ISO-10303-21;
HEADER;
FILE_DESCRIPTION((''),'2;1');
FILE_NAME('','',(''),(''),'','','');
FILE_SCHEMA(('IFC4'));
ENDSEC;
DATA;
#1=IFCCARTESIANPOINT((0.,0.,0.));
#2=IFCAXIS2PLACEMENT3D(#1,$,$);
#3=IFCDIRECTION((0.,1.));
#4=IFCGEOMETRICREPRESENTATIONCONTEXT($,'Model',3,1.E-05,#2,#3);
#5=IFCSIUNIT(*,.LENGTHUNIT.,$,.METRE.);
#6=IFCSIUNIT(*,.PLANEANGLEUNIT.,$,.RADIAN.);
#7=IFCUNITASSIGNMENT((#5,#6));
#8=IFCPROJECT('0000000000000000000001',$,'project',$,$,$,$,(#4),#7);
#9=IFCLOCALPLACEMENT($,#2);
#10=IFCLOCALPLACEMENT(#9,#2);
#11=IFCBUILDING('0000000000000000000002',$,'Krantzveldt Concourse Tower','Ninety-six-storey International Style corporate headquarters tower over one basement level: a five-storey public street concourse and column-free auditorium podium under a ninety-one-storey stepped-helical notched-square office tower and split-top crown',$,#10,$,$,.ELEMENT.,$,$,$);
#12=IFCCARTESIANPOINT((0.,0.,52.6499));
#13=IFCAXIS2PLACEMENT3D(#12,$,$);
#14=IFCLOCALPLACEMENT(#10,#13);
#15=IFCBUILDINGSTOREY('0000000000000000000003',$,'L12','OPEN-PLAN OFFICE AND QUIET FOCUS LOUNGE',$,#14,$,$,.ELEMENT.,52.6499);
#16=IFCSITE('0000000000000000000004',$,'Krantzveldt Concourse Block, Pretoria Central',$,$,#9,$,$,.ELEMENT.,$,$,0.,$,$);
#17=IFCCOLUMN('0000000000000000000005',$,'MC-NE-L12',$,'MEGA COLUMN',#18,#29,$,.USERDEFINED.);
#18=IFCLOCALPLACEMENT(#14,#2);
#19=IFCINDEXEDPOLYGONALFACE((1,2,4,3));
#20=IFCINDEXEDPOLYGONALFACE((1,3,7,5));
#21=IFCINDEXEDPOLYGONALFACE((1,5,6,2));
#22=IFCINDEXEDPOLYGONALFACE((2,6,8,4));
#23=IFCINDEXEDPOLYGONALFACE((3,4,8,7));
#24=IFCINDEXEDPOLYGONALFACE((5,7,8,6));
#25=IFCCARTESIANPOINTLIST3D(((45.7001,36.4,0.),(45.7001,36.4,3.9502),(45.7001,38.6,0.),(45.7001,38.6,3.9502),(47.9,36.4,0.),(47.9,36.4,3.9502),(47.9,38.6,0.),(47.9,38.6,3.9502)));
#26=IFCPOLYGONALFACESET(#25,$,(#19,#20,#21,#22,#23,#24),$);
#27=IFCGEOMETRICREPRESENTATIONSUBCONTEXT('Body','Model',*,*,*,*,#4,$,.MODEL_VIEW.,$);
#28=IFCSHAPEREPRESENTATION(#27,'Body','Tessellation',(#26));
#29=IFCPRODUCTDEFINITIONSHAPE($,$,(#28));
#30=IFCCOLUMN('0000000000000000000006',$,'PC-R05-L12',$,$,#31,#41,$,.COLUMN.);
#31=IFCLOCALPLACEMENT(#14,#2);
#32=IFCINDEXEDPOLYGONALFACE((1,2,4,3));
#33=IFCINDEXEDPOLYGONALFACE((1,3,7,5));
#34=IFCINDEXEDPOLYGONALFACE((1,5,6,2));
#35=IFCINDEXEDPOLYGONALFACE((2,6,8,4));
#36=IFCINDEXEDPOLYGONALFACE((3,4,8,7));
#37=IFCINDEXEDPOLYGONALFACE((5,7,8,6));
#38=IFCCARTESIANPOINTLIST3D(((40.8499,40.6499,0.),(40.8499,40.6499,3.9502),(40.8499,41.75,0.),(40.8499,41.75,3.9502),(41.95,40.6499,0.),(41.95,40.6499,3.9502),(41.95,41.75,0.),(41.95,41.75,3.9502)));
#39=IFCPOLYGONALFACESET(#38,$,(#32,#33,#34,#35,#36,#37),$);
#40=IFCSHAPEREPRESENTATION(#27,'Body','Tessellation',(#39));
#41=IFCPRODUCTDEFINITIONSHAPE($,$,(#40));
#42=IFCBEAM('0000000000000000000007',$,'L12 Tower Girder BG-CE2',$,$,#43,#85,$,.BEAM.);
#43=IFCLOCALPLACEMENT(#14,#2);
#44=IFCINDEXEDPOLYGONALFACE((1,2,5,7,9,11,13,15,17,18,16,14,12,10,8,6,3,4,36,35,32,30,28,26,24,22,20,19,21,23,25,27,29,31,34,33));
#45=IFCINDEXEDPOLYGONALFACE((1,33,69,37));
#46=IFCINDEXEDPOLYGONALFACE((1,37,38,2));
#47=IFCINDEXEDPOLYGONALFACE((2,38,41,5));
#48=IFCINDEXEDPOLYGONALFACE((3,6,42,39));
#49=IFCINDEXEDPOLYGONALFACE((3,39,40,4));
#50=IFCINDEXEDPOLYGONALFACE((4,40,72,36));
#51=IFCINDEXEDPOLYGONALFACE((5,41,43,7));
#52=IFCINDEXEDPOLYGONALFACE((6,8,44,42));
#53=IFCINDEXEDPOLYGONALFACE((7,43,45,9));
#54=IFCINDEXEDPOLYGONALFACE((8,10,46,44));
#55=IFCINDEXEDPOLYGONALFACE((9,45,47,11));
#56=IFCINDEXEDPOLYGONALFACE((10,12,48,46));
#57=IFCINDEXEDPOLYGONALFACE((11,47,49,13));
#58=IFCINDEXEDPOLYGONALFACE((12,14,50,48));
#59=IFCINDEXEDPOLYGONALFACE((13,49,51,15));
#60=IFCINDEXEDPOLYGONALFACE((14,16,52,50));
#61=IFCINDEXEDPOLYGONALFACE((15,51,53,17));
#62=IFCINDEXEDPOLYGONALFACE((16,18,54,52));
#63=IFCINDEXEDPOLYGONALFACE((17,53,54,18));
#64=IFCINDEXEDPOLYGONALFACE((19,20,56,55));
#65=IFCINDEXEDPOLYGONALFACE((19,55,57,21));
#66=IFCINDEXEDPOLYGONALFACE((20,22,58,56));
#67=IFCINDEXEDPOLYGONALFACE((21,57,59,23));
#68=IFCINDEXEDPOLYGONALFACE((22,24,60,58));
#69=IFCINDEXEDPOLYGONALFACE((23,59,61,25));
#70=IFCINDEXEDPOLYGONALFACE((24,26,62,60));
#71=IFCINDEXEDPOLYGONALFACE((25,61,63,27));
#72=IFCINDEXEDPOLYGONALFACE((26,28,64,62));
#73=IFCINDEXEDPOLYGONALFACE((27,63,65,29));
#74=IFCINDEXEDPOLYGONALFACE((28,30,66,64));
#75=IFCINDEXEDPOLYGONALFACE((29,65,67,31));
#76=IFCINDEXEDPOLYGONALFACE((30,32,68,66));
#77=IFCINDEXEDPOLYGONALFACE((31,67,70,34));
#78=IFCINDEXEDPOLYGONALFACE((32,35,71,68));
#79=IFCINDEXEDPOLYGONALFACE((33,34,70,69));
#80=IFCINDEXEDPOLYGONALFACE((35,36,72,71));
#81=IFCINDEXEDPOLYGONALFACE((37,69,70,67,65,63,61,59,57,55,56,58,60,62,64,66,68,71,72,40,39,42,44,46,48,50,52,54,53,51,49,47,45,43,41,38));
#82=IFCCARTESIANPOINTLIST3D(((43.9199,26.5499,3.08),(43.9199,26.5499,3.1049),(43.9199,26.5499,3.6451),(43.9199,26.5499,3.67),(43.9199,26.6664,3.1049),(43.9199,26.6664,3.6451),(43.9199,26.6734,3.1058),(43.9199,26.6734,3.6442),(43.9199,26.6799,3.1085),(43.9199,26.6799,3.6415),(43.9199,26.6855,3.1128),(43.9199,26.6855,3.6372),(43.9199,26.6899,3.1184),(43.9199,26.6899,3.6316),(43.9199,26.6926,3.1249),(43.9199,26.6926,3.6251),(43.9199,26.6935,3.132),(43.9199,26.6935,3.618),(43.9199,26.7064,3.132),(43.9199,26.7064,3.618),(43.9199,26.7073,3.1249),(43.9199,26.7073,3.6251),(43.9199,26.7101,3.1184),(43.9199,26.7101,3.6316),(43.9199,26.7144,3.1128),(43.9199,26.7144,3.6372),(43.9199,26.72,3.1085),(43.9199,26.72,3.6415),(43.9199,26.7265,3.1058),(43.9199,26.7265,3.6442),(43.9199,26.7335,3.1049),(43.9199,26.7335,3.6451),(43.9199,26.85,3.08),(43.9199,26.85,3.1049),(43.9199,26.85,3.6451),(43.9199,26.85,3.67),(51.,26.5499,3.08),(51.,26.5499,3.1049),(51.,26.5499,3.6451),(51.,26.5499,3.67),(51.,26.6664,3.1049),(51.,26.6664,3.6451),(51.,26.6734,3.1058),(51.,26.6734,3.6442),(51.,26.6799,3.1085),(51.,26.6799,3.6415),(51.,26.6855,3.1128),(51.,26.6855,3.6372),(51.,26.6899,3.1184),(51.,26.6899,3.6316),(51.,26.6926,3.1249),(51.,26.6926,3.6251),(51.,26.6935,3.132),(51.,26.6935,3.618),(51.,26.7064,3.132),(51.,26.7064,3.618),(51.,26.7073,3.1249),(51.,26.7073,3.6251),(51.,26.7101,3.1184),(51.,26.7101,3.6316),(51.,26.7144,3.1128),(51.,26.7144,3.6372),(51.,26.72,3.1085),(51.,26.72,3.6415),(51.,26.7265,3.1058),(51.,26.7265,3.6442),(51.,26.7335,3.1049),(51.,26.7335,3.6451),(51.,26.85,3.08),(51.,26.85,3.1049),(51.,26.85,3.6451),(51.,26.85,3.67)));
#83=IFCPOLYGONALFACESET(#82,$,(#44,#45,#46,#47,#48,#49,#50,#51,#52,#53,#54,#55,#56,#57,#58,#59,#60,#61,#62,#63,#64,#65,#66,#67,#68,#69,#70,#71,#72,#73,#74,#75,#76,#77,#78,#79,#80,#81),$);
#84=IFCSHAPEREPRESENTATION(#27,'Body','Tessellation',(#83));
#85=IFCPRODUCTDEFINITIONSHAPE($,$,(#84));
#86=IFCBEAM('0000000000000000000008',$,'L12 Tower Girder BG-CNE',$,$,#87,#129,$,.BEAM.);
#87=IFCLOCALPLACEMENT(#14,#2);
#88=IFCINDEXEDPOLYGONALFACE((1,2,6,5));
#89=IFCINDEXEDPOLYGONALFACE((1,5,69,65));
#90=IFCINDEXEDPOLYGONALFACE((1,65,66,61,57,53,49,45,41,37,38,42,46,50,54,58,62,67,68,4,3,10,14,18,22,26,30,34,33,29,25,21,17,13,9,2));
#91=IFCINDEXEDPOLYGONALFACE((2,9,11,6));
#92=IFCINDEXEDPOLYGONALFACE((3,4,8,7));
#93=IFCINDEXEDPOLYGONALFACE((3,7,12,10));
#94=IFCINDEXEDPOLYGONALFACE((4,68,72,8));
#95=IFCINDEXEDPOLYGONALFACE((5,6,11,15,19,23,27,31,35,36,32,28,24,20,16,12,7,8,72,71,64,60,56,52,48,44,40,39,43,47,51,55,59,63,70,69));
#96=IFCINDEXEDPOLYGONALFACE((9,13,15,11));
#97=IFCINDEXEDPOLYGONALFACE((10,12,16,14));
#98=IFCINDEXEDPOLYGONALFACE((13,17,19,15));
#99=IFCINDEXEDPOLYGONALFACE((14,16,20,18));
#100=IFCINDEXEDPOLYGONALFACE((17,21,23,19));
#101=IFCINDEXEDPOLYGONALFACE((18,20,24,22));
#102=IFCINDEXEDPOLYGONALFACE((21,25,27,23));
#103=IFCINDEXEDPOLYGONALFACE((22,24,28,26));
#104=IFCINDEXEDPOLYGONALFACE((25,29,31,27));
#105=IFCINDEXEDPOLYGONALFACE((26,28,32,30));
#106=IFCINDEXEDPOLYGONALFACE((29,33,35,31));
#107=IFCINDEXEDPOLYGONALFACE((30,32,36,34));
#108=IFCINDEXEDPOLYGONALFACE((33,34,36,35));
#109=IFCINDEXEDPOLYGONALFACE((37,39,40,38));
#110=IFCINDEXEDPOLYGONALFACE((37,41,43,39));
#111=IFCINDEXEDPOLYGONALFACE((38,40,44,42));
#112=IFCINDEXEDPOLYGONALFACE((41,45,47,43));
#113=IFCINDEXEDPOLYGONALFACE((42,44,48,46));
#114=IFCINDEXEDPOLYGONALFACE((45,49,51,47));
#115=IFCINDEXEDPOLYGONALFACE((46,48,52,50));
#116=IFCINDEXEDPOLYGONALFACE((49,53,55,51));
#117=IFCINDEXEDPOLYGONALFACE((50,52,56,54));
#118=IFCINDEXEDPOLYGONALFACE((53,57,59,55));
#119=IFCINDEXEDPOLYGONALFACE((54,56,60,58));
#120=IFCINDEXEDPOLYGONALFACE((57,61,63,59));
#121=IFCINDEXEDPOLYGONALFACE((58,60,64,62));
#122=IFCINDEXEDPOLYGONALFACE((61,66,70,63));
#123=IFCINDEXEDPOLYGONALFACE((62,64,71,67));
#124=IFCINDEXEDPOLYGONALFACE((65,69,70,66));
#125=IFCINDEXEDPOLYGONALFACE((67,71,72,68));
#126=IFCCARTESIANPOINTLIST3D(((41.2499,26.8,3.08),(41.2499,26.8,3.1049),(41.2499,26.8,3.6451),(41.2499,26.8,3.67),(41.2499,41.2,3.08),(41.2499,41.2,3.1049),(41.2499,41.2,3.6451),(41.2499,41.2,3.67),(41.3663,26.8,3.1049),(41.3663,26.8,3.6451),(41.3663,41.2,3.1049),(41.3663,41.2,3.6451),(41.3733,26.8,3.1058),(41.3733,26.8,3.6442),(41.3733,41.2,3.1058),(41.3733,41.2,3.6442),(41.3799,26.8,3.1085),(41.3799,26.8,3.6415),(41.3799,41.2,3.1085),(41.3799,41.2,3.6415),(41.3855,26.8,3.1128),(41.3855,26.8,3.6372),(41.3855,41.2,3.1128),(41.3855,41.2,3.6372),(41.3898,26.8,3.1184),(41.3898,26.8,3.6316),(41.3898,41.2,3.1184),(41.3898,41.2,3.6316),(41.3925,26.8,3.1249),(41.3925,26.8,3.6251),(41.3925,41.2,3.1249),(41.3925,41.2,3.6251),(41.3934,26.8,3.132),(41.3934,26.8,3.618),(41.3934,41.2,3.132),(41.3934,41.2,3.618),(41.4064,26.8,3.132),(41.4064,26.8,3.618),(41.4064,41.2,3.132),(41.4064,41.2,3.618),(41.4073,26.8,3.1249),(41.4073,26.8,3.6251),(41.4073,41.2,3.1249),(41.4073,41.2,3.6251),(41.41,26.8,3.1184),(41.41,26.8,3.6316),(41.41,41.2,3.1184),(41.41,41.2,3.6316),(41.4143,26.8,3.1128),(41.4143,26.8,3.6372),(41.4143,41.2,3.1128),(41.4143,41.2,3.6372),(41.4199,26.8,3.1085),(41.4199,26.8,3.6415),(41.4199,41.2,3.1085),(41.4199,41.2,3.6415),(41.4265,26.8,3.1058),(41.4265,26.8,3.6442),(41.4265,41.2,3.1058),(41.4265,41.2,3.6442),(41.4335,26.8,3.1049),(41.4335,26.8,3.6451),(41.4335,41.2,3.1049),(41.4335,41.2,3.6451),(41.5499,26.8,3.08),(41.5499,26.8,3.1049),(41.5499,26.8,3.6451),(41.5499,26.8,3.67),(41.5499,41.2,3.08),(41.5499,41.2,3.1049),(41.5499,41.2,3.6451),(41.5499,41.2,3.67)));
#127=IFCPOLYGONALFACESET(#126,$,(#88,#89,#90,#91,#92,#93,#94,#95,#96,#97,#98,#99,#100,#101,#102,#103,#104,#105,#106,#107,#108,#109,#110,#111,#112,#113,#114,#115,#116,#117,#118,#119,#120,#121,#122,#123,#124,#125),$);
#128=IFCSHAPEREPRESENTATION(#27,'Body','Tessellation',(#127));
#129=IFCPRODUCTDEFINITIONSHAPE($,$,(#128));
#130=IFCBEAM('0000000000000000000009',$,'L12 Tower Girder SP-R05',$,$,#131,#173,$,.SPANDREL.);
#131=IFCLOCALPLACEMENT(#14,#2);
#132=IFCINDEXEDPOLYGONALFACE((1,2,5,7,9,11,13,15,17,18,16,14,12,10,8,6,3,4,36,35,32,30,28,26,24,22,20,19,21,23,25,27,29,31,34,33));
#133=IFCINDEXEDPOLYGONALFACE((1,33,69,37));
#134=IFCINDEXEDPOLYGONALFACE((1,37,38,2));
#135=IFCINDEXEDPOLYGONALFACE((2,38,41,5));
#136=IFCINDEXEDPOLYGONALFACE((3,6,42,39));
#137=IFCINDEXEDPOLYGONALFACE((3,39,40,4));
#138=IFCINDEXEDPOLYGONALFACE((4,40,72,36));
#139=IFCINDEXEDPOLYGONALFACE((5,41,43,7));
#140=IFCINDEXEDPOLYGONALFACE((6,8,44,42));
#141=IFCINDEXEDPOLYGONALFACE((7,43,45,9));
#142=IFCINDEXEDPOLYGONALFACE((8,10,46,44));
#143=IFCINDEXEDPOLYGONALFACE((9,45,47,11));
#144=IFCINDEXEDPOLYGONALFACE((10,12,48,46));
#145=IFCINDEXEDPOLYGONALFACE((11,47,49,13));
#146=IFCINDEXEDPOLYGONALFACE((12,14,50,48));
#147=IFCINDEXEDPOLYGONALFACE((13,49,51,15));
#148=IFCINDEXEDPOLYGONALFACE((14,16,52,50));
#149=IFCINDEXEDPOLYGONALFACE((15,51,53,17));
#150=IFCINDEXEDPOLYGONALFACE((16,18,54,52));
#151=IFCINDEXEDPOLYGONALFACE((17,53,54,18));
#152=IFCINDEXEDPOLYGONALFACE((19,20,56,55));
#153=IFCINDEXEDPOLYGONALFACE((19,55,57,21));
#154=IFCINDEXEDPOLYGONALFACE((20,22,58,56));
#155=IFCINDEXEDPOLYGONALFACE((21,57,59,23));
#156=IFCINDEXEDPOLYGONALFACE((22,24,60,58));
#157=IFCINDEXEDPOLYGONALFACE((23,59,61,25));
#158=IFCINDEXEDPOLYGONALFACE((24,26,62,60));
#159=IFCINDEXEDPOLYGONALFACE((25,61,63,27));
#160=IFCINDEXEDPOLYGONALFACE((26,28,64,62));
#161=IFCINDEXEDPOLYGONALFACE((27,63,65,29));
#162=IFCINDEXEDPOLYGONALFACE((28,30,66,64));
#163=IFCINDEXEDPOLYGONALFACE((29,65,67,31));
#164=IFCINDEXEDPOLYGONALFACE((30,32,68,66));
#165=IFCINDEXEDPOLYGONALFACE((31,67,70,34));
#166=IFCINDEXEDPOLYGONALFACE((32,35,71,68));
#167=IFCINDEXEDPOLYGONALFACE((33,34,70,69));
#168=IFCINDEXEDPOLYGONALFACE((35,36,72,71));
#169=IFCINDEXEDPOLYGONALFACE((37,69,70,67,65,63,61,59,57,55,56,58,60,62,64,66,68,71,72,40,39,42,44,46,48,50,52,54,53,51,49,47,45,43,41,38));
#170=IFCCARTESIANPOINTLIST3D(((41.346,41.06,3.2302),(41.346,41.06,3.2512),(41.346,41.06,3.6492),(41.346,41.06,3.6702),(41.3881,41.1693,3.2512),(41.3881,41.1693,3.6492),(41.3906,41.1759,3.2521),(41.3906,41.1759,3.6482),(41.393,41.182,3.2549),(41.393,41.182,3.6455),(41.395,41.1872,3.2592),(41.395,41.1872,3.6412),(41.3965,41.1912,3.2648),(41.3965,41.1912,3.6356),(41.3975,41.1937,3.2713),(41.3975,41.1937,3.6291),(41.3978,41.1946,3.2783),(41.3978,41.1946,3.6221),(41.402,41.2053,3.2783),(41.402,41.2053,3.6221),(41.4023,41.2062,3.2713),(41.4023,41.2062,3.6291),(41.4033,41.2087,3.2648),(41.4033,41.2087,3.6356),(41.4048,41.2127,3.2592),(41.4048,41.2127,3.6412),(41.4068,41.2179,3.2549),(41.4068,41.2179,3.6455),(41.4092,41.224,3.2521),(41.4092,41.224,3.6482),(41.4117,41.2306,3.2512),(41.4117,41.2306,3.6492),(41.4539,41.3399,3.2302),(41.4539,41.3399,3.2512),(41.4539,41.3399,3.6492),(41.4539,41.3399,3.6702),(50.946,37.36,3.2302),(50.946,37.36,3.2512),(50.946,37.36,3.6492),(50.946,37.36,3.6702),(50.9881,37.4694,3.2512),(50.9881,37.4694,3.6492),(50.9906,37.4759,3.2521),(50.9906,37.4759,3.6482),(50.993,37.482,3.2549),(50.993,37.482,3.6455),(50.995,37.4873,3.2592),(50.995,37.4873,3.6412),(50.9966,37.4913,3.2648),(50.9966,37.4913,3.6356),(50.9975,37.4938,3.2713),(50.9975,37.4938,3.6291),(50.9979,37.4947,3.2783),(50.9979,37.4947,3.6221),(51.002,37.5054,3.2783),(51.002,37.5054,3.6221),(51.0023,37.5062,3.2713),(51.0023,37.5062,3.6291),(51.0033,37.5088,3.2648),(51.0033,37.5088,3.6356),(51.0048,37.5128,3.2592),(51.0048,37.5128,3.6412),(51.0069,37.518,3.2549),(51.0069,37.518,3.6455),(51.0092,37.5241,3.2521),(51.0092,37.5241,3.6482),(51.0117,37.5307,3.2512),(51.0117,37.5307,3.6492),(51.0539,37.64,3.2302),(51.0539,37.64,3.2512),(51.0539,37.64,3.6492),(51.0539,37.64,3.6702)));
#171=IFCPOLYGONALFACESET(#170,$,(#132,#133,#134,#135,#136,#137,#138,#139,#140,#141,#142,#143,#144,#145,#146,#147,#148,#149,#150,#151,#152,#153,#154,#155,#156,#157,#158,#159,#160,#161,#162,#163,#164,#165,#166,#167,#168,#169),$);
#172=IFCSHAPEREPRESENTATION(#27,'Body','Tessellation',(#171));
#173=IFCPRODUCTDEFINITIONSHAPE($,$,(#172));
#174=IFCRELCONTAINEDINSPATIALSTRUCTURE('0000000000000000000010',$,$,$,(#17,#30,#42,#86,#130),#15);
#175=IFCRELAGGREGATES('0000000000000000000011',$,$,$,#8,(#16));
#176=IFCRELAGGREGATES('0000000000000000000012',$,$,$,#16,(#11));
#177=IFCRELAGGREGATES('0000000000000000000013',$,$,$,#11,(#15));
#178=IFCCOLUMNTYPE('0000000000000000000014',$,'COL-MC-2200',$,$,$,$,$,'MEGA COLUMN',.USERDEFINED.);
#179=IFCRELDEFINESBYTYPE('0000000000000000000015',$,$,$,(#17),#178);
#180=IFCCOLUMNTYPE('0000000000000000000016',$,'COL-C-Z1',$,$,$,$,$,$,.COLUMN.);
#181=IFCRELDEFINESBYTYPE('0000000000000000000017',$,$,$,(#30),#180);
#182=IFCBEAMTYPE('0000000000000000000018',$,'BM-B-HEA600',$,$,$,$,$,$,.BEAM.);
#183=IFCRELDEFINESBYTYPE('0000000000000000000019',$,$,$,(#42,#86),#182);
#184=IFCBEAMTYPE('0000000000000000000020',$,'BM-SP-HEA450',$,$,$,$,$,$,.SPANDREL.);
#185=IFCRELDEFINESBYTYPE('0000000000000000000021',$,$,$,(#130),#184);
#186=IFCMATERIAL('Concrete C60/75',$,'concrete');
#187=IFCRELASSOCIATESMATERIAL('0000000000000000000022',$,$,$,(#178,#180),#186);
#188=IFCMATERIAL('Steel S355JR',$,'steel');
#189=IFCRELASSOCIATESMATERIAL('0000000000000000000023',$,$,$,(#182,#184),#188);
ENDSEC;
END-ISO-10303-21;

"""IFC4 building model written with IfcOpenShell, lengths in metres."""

from ifc_helpers import new_model, si_unit, direction, frame, origin, origin_2d, place, context, subcontext, project, spatial, rectangle, i_section, extrude, source, transform, mapped, material, material_profile, profile_set, type_object, type_shapes, element, save


model = new_model("IFC4")

# Units and contexts
model_context = context("Model", 3, precision=1e-05, world=origin(), true_north=direction((0.0, 1.0)))
body_context = subcontext(model_context, "Body", "Model", "MODEL_VIEW")
ifc_project = project(units=[si_unit("LENGTHUNIT", "METRE"), si_unit("PLANEANGLEUNIT", "RADIAN")], contexts=[model_context])

# Site, building, storey
site_placement = place(None, origin())
site = spatial("IfcSite", under=ifc_project, at=site_placement, Name="Krantzveldt Concourse Block, Pretoria Central", CompositionType="ELEMENT", RefElevation=0.0)
building_placement = place(site_placement, origin())
building = spatial("IfcBuilding", under=site, at=building_placement, Name="Krantzveldt Concourse Tower", Description="Ninety-six-storey International Style corporate headquarters tower over one basement level: a five-storey public street concourse and column-free auditorium podium under a ninety-one-storey stepped-helical notched-square office tower and split-top crown", CompositionType="ELEMENT")
storey_placement = place(building_placement, frame((0.0, 0.0, 52.6499)))
storey = spatial("IfcBuildingStorey", under=building, at=storey_placement, Name="L12", Description="OPEN-PLAN OFFICE AND QUIET FOCUS LOUNGE", CompositionType="ELEMENT", Elevation=52.6499)

# Columns
ifc_material_1 = material(Name="Concrete C60/75", Category="concrete")
ifc_material_profile_1 = material_profile(ifc_material_1, rectangle(XDim=2.2, YDim=2.2, at=origin_2d()), Name="Concrete C60/75", Category="concrete")
ifc_profile_set_1 = profile_set([ifc_material_profile_1], Name="Concrete C60/75 - RC 2200x2200")
column_type_1 = type_object("IfcColumnType", Name="COL-MC-2200", ElementType="MEGA COLUMN", PredefinedType="USERDEFINED", material=ifc_profile_set_1)
shared_shape_1 = source(origin(), body_context, "Body", "SweptSolid", [
    extrude(rectangle(XDim=2.2, YDim=2.2, at=origin_2d()), origin(), (0.0, 0.0, 1.0), 3.9502),
])
type_shapes(column_type_1, [shared_shape_1])
column_1_placement = place(storey_placement, frame((46.8, 37.5, 0.0), z_axis=(0.0, 0.0, 1.0), x_axis=(1.0, 0.0, 0.0)))
element("IfcColumn", 1, at=column_1_placement, inside=storey, type_object=column_type_1, Name="MC-NE-L12", ObjectType="MEGA COLUMN", PredefinedType="USERDEFINED", context=body_context, shape_type="MappedRepresentation", body=[
    mapped(shared_shape_1, transform((0.0, 0.0, 0.0), x_axis=(1.0, 0.0, 0.0), y_axis=(0.0, 1.0, 0.0), z_axis=(0.0, 0.0, 1.0), scale=1.0)),
])
ifc_material_profile_2 = material_profile(ifc_material_1, rectangle(XDim=1.1001, YDim=1.1001, at=origin_2d()), Name="Concrete C60/75", Category="concrete")
ifc_profile_set_2 = profile_set([ifc_material_profile_2], Name="Concrete C60/75 - RC 1100x1100")
column_type_2 = type_object("IfcColumnType", Name="COL-C-Z1", PredefinedType="COLUMN", material=ifc_profile_set_2)
shared_shape_2 = source(origin(), body_context, "Body", "SweptSolid", [
    extrude(rectangle(XDim=1.1001, YDim=1.1001, at=origin_2d()), origin(), (0.0, 0.0, 1.0), 3.9502),
])
type_shapes(column_type_2, [shared_shape_2])
column_2_placement = place(storey_placement, frame((41.3999, 41.2, 0.0), z_axis=(0.0, 0.0, 1.0), x_axis=(1.0, 0.0, 0.0)))
element("IfcColumn", 2, at=column_2_placement, inside=storey, type_object=column_type_2, Name="PC-R05-L12", PredefinedType="COLUMN", context=body_context, shape_type="MappedRepresentation", body=[
    mapped(shared_shape_2, transform((0.0, 0.0, 0.0), x_axis=(1.0, 0.0, 0.0), y_axis=(0.0, 1.0, 0.0), z_axis=(0.0, 0.0, 1.0), scale=1.0)),
])

# Beams
ifc_material_2 = material(Name="Steel S355JR", Category="steel")
ifc_material_profile_3 = material_profile(ifc_material_2, i_section(OverallWidth=0.3, OverallDepth=0.5901, WebThickness=0.0129, FlangeThickness=0.0249, FilletRadius=0.0271, at=origin_2d()), Name="Steel S355JR", Category="steel")
ifc_profile_set_3 = profile_set([ifc_material_profile_3], Name="Steel S355JR - HEA 600")
beam_type_1 = type_object("IfcBeamType", Name="BM-B-HEA600", PredefinedType="BEAM", material=ifc_profile_set_3)
shared_shape_3 = source(origin(), body_context, "Body", "SweptSolid", [
    extrude(i_section(OverallWidth=0.3, OverallDepth=0.5901, WebThickness=0.0129, FlangeThickness=0.0249, FilletRadius=0.0271, at=origin_2d()), origin(), (0.0, 0.0, 1.0), 7.0801),
])
beam_1_placement = place(storey_placement, frame((43.9199, 26.7, 3.375), z_axis=(1.0, 0.0, 0.0), x_axis=(0.0, 1.0, 0.0)))
element("IfcBeam", 3, at=beam_1_placement, inside=storey, type_object=beam_type_1, Name="L12 Tower Girder BG-CE2", PredefinedType="BEAM", context=body_context, shape_type="MappedRepresentation", body=[
    mapped(shared_shape_3, transform((0.0, 0.0, 0.0), x_axis=(1.0, 0.0, 0.0), y_axis=(0.0, 1.0, 0.0), z_axis=(0.0, 0.0, 1.0), scale=1.0)),
])
shared_shape_4 = source(origin(), body_context, "Body", "SweptSolid", [
    extrude(i_section(OverallWidth=0.3, OverallDepth=0.5901, WebThickness=0.0129, FlangeThickness=0.0249, FilletRadius=0.0271, at=origin_2d()), origin(), (0.0, 0.0, 1.0), 14.3999),
])
beam_2_placement = place(storey_placement, frame((41.3999, 26.8, 3.375), z_axis=(0.0, 1.0, 0.0), x_axis=(-1.0, 0.0, 0.0)))
element("IfcBeam", 4, at=beam_2_placement, inside=storey, type_object=beam_type_1, Name="L12 Tower Girder BG-CNE", PredefinedType="BEAM", context=body_context, shape_type="MappedRepresentation", body=[
    mapped(shared_shape_4, transform((0.0, 0.0, 0.0), x_axis=(1.0, 0.0, 0.0), y_axis=(0.0, 1.0, 0.0), z_axis=(0.0, 0.0, 1.0), scale=1.0)),
])
ifc_material_profile_4 = material_profile(ifc_material_2, i_section(OverallWidth=0.3, OverallDepth=0.4399, WebThickness=0.0115, FlangeThickness=0.021, FilletRadius=0.0271, at=origin_2d()), Name="Steel S355JR", Category="steel")
ifc_profile_set_4 = profile_set([ifc_material_profile_4], Name="Steel S355JR - HEA 450")
beam_type_2 = type_object("IfcBeamType", Name="BM-SP-HEA450", PredefinedType="SPANDREL", material=ifc_profile_set_4)
shared_shape_5 = source(origin(), body_context, "Body", "SweptSolid", [
    extrude(i_section(OverallWidth=0.3, OverallDepth=0.4399, WebThickness=0.0115, FlangeThickness=0.021, FilletRadius=0.0271, at=origin_2d()), origin(), (0.0, 0.0, 1.0), 10.2883),
])
type_shapes(beam_type_2, [shared_shape_5])
beam_3_placement = place(storey_placement, frame((41.3999, 41.2, 3.4502), z_axis=(0.933098, -0.359623, 0.0), x_axis=(0.359623, 0.933098, 0.0)))
element("IfcBeam", 5, at=beam_3_placement, inside=storey, type_object=beam_type_2, Name="L12 Tower Girder SP-R05", PredefinedType="SPANDREL", context=body_context, shape_type="MappedRepresentation", body=[
    mapped(shared_shape_5, transform((0.0, 0.0, 0.0), x_axis=(1.0, 0.0, 0.0), y_axis=(0.0, 1.0, 0.0), z_axis=(0.0, 0.0, 1.0), scale=1.0)),
])

save(model, "model.ifc")
